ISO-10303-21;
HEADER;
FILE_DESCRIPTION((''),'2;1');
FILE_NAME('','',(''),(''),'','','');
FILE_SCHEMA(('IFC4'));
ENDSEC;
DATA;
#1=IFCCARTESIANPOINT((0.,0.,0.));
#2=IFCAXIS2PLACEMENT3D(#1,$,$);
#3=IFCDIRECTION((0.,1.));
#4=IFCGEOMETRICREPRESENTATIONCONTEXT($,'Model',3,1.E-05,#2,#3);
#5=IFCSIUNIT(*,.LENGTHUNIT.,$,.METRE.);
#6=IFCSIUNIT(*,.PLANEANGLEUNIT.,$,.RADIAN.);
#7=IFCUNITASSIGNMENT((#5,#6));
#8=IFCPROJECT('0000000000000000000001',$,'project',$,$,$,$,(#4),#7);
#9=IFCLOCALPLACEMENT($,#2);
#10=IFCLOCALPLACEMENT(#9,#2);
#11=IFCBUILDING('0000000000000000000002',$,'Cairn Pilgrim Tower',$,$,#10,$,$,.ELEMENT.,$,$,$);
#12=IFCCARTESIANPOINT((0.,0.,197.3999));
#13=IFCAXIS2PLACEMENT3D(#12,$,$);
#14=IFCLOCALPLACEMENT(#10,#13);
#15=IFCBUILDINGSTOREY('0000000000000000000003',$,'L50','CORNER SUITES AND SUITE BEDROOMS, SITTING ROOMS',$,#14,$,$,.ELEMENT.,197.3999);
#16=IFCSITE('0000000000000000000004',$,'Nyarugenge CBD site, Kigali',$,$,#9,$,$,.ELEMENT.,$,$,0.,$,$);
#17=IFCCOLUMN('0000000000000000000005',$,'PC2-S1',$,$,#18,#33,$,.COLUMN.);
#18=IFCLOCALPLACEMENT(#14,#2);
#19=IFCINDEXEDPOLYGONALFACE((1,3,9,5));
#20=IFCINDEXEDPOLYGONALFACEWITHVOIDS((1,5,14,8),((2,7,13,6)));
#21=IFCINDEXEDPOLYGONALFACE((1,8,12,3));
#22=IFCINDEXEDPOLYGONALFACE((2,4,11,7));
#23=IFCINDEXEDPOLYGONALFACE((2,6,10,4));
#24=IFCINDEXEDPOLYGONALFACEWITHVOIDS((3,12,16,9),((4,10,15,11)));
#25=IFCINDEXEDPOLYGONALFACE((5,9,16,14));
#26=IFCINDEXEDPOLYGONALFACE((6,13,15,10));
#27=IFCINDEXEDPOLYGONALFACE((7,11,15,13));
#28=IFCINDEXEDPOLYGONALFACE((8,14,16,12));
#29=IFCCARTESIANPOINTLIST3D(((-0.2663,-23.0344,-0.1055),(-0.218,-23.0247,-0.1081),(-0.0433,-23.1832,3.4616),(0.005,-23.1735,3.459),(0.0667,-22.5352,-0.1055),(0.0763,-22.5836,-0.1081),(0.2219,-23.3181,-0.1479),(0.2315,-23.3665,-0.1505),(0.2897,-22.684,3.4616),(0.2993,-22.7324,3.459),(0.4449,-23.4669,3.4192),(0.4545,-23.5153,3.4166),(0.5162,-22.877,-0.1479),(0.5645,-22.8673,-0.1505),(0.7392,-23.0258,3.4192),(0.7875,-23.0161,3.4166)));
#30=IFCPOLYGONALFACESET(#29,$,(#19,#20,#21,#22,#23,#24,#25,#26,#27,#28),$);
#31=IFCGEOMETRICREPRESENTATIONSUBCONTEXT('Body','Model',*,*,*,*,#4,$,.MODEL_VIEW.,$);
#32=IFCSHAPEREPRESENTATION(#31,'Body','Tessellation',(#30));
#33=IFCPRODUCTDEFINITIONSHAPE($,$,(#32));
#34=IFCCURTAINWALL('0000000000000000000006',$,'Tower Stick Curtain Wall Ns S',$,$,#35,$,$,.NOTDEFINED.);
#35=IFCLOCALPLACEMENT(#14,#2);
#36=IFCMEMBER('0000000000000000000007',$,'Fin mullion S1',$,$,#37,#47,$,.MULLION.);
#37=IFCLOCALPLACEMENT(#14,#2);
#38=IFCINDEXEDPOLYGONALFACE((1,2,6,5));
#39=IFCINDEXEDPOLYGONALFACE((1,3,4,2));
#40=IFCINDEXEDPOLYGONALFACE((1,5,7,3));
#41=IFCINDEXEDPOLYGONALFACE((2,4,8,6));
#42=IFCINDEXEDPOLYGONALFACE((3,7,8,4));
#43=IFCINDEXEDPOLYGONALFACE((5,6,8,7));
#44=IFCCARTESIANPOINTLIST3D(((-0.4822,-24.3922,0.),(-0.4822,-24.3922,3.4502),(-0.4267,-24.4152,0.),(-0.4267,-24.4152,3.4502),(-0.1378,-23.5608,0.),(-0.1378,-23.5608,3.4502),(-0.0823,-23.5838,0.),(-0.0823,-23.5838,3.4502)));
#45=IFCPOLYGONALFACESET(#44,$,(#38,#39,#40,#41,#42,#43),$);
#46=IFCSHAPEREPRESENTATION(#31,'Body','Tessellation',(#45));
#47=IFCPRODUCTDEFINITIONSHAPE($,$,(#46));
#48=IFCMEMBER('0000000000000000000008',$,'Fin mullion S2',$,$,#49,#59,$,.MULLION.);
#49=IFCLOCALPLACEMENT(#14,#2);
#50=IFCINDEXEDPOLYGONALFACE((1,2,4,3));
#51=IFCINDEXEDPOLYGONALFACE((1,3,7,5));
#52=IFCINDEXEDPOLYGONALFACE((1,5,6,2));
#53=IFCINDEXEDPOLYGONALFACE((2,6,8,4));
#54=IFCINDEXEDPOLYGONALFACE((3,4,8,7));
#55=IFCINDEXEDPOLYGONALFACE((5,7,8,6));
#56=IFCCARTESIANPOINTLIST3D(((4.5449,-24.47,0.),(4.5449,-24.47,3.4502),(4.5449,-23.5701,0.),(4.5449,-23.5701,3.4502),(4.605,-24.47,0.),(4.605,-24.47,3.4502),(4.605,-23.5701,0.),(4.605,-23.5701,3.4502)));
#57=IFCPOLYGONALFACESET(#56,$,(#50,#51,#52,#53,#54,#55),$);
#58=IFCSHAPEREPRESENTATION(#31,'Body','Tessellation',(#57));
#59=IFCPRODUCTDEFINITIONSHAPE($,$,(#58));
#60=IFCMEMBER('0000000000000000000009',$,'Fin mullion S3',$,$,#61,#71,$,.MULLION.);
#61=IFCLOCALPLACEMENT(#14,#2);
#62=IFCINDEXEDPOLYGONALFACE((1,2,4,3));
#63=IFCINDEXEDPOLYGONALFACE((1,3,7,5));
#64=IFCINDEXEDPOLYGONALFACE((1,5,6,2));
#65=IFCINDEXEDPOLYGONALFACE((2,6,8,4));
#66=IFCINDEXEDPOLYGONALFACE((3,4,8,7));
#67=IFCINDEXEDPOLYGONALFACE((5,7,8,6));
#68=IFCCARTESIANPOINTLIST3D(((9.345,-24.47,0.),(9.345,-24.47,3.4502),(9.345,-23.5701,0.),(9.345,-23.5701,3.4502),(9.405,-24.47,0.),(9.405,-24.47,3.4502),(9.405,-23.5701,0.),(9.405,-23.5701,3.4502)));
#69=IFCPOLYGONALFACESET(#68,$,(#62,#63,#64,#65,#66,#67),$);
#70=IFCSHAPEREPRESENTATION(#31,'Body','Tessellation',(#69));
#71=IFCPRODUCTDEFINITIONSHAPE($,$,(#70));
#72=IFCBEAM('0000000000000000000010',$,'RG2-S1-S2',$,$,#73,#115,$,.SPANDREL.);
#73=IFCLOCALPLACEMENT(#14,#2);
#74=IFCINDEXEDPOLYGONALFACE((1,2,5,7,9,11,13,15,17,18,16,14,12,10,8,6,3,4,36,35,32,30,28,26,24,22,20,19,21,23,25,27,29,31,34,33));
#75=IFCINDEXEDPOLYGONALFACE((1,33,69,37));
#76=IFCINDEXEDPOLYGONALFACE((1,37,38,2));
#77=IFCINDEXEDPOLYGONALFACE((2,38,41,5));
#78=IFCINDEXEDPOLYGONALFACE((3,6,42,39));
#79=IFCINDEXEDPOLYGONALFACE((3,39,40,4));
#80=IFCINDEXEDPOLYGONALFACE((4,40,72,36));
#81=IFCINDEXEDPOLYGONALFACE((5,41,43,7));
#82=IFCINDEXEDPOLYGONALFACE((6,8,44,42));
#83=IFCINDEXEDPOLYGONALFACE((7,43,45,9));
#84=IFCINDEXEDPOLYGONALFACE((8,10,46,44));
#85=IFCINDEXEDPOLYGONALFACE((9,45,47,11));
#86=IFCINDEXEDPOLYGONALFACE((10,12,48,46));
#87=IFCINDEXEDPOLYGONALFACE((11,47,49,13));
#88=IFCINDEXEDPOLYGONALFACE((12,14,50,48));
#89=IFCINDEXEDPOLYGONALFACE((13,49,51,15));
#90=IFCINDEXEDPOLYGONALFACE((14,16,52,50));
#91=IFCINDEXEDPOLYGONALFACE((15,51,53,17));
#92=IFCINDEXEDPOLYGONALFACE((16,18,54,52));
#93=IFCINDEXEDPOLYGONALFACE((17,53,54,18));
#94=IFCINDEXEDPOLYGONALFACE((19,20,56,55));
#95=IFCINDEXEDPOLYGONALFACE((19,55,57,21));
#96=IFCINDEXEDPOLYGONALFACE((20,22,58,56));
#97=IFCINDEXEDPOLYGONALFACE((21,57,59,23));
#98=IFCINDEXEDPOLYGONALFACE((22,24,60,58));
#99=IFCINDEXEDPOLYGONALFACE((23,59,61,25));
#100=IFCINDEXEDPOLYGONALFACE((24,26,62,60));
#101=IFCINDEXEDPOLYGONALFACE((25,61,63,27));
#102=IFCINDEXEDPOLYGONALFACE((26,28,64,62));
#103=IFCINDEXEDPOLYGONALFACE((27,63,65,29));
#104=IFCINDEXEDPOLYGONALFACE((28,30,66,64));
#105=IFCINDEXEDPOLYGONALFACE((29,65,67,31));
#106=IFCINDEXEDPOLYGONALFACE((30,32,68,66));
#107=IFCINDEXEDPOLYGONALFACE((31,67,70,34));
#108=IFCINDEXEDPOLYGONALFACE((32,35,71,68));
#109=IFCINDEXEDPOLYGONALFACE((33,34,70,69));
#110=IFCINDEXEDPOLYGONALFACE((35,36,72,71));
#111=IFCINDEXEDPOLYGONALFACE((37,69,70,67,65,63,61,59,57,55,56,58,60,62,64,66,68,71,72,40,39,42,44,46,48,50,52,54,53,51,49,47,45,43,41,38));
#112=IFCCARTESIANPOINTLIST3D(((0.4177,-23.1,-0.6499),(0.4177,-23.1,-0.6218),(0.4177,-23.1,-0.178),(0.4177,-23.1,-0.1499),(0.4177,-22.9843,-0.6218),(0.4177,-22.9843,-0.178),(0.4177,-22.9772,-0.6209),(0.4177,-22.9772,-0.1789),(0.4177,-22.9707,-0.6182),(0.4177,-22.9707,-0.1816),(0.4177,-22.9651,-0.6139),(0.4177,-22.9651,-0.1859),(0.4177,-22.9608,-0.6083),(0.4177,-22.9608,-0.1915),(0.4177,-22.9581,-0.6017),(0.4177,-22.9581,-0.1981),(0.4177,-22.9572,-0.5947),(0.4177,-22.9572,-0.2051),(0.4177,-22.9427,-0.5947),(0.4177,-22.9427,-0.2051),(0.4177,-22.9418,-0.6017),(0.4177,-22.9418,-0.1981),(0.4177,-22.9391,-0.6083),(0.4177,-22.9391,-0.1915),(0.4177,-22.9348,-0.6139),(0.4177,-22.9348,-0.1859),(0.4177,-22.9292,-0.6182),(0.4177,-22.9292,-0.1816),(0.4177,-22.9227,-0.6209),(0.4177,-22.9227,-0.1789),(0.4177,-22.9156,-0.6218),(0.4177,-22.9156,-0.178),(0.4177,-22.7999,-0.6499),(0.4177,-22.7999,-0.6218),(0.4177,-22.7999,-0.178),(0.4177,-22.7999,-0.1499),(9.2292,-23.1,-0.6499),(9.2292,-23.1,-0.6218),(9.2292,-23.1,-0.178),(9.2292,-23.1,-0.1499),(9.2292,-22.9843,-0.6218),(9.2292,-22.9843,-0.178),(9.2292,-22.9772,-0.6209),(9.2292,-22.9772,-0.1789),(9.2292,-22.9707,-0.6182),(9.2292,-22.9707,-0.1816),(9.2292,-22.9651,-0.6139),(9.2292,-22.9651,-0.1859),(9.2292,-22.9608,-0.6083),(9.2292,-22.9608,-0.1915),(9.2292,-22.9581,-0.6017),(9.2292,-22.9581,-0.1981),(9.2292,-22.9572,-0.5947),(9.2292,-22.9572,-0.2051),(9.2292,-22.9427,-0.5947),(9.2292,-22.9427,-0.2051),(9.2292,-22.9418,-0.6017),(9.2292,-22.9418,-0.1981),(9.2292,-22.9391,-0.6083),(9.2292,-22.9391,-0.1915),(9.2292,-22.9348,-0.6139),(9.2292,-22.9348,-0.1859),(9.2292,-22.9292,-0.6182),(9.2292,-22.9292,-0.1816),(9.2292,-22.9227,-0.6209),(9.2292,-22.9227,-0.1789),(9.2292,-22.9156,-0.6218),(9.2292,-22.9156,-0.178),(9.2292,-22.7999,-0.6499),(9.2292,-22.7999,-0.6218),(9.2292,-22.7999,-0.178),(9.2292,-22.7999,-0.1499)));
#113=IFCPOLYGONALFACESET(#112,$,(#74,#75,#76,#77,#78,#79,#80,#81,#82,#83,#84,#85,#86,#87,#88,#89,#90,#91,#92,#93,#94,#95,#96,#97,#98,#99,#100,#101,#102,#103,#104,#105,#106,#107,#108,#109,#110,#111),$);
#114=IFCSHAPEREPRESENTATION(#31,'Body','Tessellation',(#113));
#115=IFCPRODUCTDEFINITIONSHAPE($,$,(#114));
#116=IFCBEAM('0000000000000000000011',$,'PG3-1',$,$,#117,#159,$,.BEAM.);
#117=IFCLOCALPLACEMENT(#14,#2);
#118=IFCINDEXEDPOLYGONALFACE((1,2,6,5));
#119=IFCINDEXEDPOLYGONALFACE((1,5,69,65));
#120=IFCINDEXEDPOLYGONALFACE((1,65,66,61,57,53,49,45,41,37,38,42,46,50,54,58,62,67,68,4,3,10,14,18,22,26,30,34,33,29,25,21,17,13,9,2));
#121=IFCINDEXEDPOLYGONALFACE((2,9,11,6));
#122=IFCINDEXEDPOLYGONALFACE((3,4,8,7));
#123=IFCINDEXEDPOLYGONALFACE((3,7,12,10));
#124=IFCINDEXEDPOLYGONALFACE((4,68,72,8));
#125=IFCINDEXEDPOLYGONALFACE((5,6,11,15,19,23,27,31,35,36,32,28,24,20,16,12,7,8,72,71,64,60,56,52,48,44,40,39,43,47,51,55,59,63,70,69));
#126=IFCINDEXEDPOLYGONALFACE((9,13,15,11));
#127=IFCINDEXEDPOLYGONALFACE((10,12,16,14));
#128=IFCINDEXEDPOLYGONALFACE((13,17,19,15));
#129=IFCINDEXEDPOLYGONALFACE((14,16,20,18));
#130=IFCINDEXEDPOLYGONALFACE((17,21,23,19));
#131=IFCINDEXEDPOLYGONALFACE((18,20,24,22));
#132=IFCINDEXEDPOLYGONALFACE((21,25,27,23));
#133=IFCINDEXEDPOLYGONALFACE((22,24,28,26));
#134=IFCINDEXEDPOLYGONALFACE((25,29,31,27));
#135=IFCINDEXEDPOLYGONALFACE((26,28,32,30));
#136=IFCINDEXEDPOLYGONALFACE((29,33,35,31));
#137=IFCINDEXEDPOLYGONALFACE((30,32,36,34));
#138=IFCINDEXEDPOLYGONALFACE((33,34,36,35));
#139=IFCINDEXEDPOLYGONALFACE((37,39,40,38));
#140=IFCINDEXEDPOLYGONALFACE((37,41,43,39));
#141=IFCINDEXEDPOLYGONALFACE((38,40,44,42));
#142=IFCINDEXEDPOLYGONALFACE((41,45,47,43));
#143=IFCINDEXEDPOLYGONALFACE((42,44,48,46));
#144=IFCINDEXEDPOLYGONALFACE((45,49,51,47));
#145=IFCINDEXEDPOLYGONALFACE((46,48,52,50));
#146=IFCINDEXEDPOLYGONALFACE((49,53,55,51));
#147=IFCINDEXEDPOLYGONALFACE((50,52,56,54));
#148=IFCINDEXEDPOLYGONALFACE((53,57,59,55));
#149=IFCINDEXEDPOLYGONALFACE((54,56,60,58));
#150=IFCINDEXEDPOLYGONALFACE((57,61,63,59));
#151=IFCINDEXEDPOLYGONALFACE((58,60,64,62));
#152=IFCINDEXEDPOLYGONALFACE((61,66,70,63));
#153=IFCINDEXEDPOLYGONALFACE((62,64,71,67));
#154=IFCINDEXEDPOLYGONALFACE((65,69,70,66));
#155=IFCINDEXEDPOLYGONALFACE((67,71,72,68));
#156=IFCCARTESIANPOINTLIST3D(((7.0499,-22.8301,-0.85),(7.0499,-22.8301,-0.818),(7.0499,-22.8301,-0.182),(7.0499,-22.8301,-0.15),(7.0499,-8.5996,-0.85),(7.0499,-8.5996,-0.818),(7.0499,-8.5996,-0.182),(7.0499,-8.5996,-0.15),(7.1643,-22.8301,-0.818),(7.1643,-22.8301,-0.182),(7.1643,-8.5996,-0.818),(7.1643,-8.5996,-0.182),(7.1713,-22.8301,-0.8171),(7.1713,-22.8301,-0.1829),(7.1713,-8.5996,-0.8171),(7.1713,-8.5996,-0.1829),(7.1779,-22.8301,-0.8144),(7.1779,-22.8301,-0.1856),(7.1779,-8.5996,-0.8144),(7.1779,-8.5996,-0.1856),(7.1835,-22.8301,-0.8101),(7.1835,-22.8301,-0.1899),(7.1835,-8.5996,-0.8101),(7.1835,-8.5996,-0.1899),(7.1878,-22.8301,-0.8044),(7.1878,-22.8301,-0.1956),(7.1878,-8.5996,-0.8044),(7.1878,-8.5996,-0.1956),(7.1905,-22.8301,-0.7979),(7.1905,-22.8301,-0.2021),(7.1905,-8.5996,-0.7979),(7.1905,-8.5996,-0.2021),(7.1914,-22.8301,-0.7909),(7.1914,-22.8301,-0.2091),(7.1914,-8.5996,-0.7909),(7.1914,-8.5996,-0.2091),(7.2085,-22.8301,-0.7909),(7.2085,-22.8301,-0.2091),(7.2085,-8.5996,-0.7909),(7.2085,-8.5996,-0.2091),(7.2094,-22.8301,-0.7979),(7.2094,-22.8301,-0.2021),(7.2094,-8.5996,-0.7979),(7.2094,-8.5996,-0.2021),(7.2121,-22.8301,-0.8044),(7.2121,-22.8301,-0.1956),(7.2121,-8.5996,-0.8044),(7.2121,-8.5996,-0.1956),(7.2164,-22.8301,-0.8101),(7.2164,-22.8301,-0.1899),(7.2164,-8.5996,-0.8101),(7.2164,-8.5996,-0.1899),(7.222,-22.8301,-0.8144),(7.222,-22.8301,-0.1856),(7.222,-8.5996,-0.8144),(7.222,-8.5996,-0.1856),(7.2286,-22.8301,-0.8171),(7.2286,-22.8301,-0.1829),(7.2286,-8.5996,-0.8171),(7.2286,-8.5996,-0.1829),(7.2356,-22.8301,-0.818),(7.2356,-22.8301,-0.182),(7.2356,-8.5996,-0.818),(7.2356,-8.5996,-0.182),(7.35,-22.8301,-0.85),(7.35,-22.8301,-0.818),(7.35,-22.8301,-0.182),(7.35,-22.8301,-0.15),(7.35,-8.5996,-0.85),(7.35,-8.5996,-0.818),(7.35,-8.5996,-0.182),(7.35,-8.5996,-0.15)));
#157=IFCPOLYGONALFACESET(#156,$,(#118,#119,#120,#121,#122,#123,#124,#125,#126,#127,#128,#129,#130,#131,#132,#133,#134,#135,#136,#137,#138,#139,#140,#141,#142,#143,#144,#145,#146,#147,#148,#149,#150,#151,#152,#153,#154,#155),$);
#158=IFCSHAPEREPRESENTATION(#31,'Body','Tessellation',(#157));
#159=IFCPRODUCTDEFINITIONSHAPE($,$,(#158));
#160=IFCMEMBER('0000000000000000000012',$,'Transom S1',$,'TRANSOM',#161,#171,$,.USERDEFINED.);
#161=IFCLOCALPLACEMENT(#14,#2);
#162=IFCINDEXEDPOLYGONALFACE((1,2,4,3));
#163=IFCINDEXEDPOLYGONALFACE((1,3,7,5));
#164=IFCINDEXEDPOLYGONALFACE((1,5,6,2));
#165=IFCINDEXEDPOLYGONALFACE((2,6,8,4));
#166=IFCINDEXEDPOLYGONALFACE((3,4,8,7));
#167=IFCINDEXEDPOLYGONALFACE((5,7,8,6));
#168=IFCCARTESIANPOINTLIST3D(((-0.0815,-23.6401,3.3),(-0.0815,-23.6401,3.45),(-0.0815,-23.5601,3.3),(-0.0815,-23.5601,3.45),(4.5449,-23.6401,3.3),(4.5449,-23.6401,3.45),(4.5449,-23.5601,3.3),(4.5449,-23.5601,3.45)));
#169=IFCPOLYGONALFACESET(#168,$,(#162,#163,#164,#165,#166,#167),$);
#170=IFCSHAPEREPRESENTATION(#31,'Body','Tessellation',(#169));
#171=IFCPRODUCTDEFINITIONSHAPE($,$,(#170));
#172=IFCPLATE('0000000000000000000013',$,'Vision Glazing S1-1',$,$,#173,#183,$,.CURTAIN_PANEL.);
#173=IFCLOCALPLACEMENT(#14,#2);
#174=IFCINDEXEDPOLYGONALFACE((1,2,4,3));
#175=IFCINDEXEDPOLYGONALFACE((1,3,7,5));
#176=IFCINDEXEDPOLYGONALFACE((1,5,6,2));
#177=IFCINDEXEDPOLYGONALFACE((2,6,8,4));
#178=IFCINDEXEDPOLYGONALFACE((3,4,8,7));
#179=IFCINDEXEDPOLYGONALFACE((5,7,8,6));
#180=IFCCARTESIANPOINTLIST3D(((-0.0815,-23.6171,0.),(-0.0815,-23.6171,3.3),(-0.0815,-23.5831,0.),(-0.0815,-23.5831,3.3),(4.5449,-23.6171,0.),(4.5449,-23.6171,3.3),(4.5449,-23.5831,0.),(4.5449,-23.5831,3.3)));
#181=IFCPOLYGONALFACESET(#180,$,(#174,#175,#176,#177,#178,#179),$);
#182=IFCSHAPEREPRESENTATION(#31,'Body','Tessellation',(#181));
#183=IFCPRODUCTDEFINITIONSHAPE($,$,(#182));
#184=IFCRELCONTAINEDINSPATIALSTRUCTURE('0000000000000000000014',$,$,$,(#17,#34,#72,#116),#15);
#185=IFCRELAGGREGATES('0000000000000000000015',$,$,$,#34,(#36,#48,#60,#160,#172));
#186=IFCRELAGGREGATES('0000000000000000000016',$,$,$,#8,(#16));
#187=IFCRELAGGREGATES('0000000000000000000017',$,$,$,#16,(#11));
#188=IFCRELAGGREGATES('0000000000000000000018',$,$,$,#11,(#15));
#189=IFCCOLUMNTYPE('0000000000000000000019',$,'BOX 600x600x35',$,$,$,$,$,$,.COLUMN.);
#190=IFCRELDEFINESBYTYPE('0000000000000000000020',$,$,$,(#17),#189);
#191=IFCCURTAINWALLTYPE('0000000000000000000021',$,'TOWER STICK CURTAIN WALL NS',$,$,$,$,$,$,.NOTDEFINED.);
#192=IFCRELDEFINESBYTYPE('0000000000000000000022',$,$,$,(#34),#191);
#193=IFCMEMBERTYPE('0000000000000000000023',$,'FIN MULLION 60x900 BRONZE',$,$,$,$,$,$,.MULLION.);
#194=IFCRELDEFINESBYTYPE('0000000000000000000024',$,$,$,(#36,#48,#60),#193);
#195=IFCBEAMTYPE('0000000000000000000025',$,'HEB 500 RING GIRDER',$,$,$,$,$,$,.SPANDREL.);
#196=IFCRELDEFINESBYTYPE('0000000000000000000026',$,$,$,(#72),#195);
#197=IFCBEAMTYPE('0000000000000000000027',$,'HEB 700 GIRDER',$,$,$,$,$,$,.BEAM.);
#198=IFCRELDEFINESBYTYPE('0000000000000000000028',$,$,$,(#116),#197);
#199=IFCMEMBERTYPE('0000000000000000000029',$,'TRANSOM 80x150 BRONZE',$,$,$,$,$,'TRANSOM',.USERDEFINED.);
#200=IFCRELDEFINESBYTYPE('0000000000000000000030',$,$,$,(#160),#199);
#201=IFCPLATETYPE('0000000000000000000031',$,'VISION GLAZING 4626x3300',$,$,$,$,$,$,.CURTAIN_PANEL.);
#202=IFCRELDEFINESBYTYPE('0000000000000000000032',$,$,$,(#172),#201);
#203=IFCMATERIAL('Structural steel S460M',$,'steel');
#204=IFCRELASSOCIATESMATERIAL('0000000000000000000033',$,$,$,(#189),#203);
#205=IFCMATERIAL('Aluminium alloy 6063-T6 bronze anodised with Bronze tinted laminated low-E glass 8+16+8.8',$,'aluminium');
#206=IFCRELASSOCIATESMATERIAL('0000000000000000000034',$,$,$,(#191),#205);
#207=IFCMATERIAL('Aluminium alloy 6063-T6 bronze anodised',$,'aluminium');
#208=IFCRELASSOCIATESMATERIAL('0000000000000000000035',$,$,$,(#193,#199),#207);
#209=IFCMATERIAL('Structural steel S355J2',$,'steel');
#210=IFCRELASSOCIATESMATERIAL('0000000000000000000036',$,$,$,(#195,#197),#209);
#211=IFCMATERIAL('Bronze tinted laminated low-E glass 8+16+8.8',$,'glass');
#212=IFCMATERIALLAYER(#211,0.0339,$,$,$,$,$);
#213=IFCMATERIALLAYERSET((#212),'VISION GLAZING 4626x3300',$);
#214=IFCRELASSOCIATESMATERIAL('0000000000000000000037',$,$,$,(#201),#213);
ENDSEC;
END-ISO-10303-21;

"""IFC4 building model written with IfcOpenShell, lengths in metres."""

from ifc_helpers import new_model, si_unit, direction, frame, origin, origin_2d, place, context, subcontext, project, spatial, rectangle, hollow_rectangle, i_section, extrude, clip, halfspace, material, layer, layer_set, material_profile, profile_set, type_object, element, aggregate, save


model = new_model("IFC4")

# Units and contexts
model_context = context("Model", 3, precision=1e-05, world=origin(), true_north=direction((0.0, 1.0)))
body_context = subcontext(model_context, "Body", "Model", "MODEL_VIEW")
ifc_project = project(units=[si_unit("LENGTHUNIT", "METRE"), si_unit("PLANEANGLEUNIT", "RADIAN")], contexts=[model_context])

# Site, building, storey
site_placement = place(None, origin())
site = spatial("IfcSite", under=ifc_project, at=site_placement, Name="Nyarugenge CBD site, Kigali", CompositionType="ELEMENT", RefElevation=0.0)
building_placement = place(site_placement, origin())
building = spatial("IfcBuilding", under=site, at=building_placement, Name="Cairn Pilgrim Tower", CompositionType="ELEMENT")
storey_placement = place(building_placement, frame((0.0, 0.0, 197.3999)))
storey = spatial("IfcBuildingStorey", under=building, at=storey_placement, Name="L50", Description="CORNER SUITES AND SUITE BEDROOMS, SITTING ROOMS", CompositionType="ELEMENT", Elevation=197.3999)

# Column
ifc_material_1 = material(Name="Structural steel S460M", Category="steel")
ifc_material_profile_1 = material_profile(ifc_material_1, hollow_rectangle(XDim=0.6001, YDim=0.6001, WallThickness=0.0349, at=origin_2d()), Name="BOX 600x600x35")
ifc_profile_set_1 = profile_set([ifc_material_profile_1], Name="Structural steel S460M")
column_type = type_object("IfcColumnType", Name="BOX 600x600x35", PredefinedType="COLUMN", material=ifc_profile_set_1)
for number, where, z_axis, x_axis, name in (
    (1, (0.1477, -22.95, -0.1499), (0.06235, -0.041589, 0.997187), (0.554908, 0.831911, 0.0), "PC2-S1"),
):
    element("IfcColumn", number, at=place(storey_placement, frame(where, z_axis=z_axis, x_axis=x_axis)), inside=storey, type_object=column_type, Name=name, PredefinedType="COLUMN", context=body_context, shape_type="Clipping", body=[
        clip(clip(extrude(hollow_rectangle(XDim=0.6001, YDim=0.6001, WallThickness=0.0349, at=origin_2d()), origin(), (0.0, 0.0, 1.0), 3.6104), halfspace(frame((0.0, 0.0, 0.022), z_axis=(0.0, 0.0, 1.0), x_axis=(1.0, 0.0, 0.0)), True)), halfspace(frame((0.0, 0.0, 3.5991), z_axis=(0.0, 0.0, 1.0), x_axis=(1.0, 0.0, 0.0)), False)),
    ])

# Curtain wall, members
ifc_material_2 = material(Name="Aluminium alloy 6063-T6 bronze anodised with Bronze tinted laminated low-E glass 8+16+8.8", Category="aluminium")
curtain_wall_type = type_object("IfcCurtainWallType", Name="TOWER STICK CURTAIN WALL NS", PredefinedType="NOTDEFINED", material=ifc_material_2)
curtain_wall_placement = place(storey_placement, origin())
curtain_wall = element("IfcCurtainWall", 2, at=curtain_wall_placement, inside=storey, type_object=curtain_wall_type, Name="Tower Stick Curtain Wall Ns S", PredefinedType="NOTDEFINED")
ifc_material_3 = material(Name="Aluminium alloy 6063-T6 bronze anodised", Category="aluminium")
ifc_material_profile_2 = material_profile(ifc_material_3, rectangle(XDim=0.8999, YDim=0.0601, at=origin_2d()), Name="FIN MULLION 60x900 BRONZE")
ifc_profile_set_2 = profile_set([ifc_material_profile_2], Name="Aluminium alloy 6063-T6 bronze anodised")
member_type_1 = type_object("IfcMemberType", Name="FIN MULLION 60x900 BRONZE", PredefinedType="MULLION", material=ifc_profile_set_2)
member_1_placement = place(storey_placement, frame((-0.2822, -23.988, 0.0), z_axis=(0.0, 0.0, 1.0), x_axis=(-0.382683, -0.92388, 0.0)))
member_1 = element("IfcMember", 3, at=member_1_placement, type_object=member_type_1, Name="Fin mullion S1", PredefinedType="MULLION", context=body_context, shape_type="SweptSolid", body=[
    extrude(rectangle(XDim=0.8999, YDim=0.0601, at=origin_2d()), origin(), (0.0, 0.0, 1.0), 3.4502),
])
member_2_placement = place(storey_placement, frame((4.575, -24.02, 0.0), z_axis=(0.0, 0.0, 1.0), x_axis=(0.0, -1.0, 0.0)))
member_2 = element("IfcMember", 4, at=member_2_placement, type_object=member_type_1, Name="Fin mullion S2", PredefinedType="MULLION", context=body_context, shape_type="SweptSolid", body=[
    extrude(rectangle(XDim=0.8999, YDim=0.0601, at=origin_2d()), origin(), (0.0, 0.0, 1.0), 3.4502),
])
member_3_placement = place(storey_placement, frame((9.375, -24.02, 0.0), z_axis=(0.0, 0.0, 1.0), x_axis=(0.0, -1.0, 0.0)))
member_3 = element("IfcMember", 5, at=member_3_placement, type_object=member_type_1, Name="Fin mullion S3", PredefinedType="MULLION", context=body_context, shape_type="SweptSolid", body=[
    extrude(rectangle(XDim=0.8999, YDim=0.0601, at=origin_2d()), origin(), (0.0, 0.0, 1.0), 3.4502),
])

# Beams
ifc_material_4 = material(Name="Structural steel S355J2", Category="steel")
ifc_material_profile_3 = material_profile(ifc_material_4, i_section(OverallWidth=0.3, OverallDepth=0.5, WebThickness=0.0144, FlangeThickness=0.0281, FilletRadius=0.0271, at=origin_2d()), Name="HEB 500")
ifc_profile_set_3 = profile_set([ifc_material_profile_3], Name="Structural steel S355J2")
beam_type_1 = type_object("IfcBeamType", Name="HEB 500 RING GIRDER", PredefinedType="SPANDREL", material=ifc_profile_set_3)
beam_1_placement = place(storey_placement, frame((0.4177, -22.95, -0.3999), z_axis=(1.0, 0.0, 0.0), x_axis=(0.0, 1.0, 0.0)))
element("IfcBeam", 6, at=beam_1_placement, inside=storey, type_object=beam_type_1, Name="RG2-S1-S2", PredefinedType="SPANDREL", context=body_context, shape_type="SweptSolid", body=[
    extrude(i_section(OverallWidth=0.3, OverallDepth=0.5, WebThickness=0.0144, FlangeThickness=0.0281, FilletRadius=0.0271, at=origin_2d()), origin(), (0.0, 0.0, 1.0), 8.8115),
])
ifc_material_profile_4 = material_profile(ifc_material_4, i_section(OverallWidth=0.3, OverallDepth=0.7, WebThickness=0.0171, FlangeThickness=0.032, FilletRadius=0.0271, at=origin_2d()), Name="HEB 700")
ifc_profile_set_4 = profile_set([ifc_material_profile_4], Name="Structural steel S355J2")
beam_type_2 = type_object("IfcBeamType", Name="HEB 700 GIRDER", PredefinedType="BEAM", material=ifc_profile_set_4)
beam_2_placement = place(storey_placement, frame((7.2, -22.8301, -0.5), z_axis=(0.0, 1.0, 0.0), x_axis=(-1.0, 0.0, 0.0)))
element("IfcBeam", 7, at=beam_2_placement, inside=storey, type_object=beam_type_2, Name="PG3-1", PredefinedType="BEAM", context=body_context, shape_type="SweptSolid", body=[
    extrude(i_section(OverallWidth=0.3, OverallDepth=0.7, WebThickness=0.0171, FlangeThickness=0.032, FilletRadius=0.0271, at=origin_2d()), origin(), (0.0, 0.0, 1.0), 14.2305),
])

# Member
ifc_material_profile_5 = material_profile(ifc_material_3, rectangle(XDim=0.0801, YDim=0.1499, at=origin_2d()), Name="TRANSOM 80x150 BRONZE")
ifc_profile_set_5 = profile_set([ifc_material_profile_5], Name="Aluminium alloy 6063-T6 bronze anodised")
member_type_2 = type_object("IfcMemberType", Name="TRANSOM 80x150 BRONZE", ElementType="TRANSOM", PredefinedType="USERDEFINED", material=ifc_profile_set_5)
member_4_placement = place(storey_placement, frame((-0.0815, -23.6001, 3.375), z_axis=(1.0, 0.0, 0.0), x_axis=(0.0, 1.0, 0.0)))
member_4 = element("IfcMember", 8, at=member_4_placement, type_object=member_type_2, Name="Transom S1", ObjectType="TRANSOM", PredefinedType="USERDEFINED", context=body_context, shape_type="SweptSolid", body=[
    extrude(rectangle(XDim=0.0801, YDim=0.1499, at=origin_2d()), origin(), (0.0, 0.0, 1.0), 4.6265),
])

# Plate
ifc_material_5 = material(Name="Bronze tinted laminated low-E glass 8+16+8.8", Category="glass")
ifc_layer_1 = layer(ifc_material_5, 0.0339)
ifc_layer_set_1 = layer_set([ifc_layer_1], Name="VISION GLAZING 4626x3300")
plate_type = type_object("IfcPlateType", Name="VISION GLAZING 4626x3300", PredefinedType="CURTAIN_PANEL", material=ifc_layer_set_1)
plate_placement = place(storey_placement, frame((2.2317, -23.6001, 0.0), z_axis=(0.0, 0.0, 1.0), x_axis=(1.0, 0.0, 0.0)))
plate = element("IfcPlate", 9, at=plate_placement, type_object=plate_type, Name="Vision Glazing S1-1", PredefinedType="CURTAIN_PANEL", context=body_context, shape_type="SweptSolid", body=[
    extrude(rectangle(XDim=4.6265, YDim=0.0339, at=origin_2d()), origin(), (0.0, 0.0, 1.0), 3.3),
])
aggregate(curtain_wall, [member_1, member_2, member_3, member_4, plate])

save(model, "model.ifc")
